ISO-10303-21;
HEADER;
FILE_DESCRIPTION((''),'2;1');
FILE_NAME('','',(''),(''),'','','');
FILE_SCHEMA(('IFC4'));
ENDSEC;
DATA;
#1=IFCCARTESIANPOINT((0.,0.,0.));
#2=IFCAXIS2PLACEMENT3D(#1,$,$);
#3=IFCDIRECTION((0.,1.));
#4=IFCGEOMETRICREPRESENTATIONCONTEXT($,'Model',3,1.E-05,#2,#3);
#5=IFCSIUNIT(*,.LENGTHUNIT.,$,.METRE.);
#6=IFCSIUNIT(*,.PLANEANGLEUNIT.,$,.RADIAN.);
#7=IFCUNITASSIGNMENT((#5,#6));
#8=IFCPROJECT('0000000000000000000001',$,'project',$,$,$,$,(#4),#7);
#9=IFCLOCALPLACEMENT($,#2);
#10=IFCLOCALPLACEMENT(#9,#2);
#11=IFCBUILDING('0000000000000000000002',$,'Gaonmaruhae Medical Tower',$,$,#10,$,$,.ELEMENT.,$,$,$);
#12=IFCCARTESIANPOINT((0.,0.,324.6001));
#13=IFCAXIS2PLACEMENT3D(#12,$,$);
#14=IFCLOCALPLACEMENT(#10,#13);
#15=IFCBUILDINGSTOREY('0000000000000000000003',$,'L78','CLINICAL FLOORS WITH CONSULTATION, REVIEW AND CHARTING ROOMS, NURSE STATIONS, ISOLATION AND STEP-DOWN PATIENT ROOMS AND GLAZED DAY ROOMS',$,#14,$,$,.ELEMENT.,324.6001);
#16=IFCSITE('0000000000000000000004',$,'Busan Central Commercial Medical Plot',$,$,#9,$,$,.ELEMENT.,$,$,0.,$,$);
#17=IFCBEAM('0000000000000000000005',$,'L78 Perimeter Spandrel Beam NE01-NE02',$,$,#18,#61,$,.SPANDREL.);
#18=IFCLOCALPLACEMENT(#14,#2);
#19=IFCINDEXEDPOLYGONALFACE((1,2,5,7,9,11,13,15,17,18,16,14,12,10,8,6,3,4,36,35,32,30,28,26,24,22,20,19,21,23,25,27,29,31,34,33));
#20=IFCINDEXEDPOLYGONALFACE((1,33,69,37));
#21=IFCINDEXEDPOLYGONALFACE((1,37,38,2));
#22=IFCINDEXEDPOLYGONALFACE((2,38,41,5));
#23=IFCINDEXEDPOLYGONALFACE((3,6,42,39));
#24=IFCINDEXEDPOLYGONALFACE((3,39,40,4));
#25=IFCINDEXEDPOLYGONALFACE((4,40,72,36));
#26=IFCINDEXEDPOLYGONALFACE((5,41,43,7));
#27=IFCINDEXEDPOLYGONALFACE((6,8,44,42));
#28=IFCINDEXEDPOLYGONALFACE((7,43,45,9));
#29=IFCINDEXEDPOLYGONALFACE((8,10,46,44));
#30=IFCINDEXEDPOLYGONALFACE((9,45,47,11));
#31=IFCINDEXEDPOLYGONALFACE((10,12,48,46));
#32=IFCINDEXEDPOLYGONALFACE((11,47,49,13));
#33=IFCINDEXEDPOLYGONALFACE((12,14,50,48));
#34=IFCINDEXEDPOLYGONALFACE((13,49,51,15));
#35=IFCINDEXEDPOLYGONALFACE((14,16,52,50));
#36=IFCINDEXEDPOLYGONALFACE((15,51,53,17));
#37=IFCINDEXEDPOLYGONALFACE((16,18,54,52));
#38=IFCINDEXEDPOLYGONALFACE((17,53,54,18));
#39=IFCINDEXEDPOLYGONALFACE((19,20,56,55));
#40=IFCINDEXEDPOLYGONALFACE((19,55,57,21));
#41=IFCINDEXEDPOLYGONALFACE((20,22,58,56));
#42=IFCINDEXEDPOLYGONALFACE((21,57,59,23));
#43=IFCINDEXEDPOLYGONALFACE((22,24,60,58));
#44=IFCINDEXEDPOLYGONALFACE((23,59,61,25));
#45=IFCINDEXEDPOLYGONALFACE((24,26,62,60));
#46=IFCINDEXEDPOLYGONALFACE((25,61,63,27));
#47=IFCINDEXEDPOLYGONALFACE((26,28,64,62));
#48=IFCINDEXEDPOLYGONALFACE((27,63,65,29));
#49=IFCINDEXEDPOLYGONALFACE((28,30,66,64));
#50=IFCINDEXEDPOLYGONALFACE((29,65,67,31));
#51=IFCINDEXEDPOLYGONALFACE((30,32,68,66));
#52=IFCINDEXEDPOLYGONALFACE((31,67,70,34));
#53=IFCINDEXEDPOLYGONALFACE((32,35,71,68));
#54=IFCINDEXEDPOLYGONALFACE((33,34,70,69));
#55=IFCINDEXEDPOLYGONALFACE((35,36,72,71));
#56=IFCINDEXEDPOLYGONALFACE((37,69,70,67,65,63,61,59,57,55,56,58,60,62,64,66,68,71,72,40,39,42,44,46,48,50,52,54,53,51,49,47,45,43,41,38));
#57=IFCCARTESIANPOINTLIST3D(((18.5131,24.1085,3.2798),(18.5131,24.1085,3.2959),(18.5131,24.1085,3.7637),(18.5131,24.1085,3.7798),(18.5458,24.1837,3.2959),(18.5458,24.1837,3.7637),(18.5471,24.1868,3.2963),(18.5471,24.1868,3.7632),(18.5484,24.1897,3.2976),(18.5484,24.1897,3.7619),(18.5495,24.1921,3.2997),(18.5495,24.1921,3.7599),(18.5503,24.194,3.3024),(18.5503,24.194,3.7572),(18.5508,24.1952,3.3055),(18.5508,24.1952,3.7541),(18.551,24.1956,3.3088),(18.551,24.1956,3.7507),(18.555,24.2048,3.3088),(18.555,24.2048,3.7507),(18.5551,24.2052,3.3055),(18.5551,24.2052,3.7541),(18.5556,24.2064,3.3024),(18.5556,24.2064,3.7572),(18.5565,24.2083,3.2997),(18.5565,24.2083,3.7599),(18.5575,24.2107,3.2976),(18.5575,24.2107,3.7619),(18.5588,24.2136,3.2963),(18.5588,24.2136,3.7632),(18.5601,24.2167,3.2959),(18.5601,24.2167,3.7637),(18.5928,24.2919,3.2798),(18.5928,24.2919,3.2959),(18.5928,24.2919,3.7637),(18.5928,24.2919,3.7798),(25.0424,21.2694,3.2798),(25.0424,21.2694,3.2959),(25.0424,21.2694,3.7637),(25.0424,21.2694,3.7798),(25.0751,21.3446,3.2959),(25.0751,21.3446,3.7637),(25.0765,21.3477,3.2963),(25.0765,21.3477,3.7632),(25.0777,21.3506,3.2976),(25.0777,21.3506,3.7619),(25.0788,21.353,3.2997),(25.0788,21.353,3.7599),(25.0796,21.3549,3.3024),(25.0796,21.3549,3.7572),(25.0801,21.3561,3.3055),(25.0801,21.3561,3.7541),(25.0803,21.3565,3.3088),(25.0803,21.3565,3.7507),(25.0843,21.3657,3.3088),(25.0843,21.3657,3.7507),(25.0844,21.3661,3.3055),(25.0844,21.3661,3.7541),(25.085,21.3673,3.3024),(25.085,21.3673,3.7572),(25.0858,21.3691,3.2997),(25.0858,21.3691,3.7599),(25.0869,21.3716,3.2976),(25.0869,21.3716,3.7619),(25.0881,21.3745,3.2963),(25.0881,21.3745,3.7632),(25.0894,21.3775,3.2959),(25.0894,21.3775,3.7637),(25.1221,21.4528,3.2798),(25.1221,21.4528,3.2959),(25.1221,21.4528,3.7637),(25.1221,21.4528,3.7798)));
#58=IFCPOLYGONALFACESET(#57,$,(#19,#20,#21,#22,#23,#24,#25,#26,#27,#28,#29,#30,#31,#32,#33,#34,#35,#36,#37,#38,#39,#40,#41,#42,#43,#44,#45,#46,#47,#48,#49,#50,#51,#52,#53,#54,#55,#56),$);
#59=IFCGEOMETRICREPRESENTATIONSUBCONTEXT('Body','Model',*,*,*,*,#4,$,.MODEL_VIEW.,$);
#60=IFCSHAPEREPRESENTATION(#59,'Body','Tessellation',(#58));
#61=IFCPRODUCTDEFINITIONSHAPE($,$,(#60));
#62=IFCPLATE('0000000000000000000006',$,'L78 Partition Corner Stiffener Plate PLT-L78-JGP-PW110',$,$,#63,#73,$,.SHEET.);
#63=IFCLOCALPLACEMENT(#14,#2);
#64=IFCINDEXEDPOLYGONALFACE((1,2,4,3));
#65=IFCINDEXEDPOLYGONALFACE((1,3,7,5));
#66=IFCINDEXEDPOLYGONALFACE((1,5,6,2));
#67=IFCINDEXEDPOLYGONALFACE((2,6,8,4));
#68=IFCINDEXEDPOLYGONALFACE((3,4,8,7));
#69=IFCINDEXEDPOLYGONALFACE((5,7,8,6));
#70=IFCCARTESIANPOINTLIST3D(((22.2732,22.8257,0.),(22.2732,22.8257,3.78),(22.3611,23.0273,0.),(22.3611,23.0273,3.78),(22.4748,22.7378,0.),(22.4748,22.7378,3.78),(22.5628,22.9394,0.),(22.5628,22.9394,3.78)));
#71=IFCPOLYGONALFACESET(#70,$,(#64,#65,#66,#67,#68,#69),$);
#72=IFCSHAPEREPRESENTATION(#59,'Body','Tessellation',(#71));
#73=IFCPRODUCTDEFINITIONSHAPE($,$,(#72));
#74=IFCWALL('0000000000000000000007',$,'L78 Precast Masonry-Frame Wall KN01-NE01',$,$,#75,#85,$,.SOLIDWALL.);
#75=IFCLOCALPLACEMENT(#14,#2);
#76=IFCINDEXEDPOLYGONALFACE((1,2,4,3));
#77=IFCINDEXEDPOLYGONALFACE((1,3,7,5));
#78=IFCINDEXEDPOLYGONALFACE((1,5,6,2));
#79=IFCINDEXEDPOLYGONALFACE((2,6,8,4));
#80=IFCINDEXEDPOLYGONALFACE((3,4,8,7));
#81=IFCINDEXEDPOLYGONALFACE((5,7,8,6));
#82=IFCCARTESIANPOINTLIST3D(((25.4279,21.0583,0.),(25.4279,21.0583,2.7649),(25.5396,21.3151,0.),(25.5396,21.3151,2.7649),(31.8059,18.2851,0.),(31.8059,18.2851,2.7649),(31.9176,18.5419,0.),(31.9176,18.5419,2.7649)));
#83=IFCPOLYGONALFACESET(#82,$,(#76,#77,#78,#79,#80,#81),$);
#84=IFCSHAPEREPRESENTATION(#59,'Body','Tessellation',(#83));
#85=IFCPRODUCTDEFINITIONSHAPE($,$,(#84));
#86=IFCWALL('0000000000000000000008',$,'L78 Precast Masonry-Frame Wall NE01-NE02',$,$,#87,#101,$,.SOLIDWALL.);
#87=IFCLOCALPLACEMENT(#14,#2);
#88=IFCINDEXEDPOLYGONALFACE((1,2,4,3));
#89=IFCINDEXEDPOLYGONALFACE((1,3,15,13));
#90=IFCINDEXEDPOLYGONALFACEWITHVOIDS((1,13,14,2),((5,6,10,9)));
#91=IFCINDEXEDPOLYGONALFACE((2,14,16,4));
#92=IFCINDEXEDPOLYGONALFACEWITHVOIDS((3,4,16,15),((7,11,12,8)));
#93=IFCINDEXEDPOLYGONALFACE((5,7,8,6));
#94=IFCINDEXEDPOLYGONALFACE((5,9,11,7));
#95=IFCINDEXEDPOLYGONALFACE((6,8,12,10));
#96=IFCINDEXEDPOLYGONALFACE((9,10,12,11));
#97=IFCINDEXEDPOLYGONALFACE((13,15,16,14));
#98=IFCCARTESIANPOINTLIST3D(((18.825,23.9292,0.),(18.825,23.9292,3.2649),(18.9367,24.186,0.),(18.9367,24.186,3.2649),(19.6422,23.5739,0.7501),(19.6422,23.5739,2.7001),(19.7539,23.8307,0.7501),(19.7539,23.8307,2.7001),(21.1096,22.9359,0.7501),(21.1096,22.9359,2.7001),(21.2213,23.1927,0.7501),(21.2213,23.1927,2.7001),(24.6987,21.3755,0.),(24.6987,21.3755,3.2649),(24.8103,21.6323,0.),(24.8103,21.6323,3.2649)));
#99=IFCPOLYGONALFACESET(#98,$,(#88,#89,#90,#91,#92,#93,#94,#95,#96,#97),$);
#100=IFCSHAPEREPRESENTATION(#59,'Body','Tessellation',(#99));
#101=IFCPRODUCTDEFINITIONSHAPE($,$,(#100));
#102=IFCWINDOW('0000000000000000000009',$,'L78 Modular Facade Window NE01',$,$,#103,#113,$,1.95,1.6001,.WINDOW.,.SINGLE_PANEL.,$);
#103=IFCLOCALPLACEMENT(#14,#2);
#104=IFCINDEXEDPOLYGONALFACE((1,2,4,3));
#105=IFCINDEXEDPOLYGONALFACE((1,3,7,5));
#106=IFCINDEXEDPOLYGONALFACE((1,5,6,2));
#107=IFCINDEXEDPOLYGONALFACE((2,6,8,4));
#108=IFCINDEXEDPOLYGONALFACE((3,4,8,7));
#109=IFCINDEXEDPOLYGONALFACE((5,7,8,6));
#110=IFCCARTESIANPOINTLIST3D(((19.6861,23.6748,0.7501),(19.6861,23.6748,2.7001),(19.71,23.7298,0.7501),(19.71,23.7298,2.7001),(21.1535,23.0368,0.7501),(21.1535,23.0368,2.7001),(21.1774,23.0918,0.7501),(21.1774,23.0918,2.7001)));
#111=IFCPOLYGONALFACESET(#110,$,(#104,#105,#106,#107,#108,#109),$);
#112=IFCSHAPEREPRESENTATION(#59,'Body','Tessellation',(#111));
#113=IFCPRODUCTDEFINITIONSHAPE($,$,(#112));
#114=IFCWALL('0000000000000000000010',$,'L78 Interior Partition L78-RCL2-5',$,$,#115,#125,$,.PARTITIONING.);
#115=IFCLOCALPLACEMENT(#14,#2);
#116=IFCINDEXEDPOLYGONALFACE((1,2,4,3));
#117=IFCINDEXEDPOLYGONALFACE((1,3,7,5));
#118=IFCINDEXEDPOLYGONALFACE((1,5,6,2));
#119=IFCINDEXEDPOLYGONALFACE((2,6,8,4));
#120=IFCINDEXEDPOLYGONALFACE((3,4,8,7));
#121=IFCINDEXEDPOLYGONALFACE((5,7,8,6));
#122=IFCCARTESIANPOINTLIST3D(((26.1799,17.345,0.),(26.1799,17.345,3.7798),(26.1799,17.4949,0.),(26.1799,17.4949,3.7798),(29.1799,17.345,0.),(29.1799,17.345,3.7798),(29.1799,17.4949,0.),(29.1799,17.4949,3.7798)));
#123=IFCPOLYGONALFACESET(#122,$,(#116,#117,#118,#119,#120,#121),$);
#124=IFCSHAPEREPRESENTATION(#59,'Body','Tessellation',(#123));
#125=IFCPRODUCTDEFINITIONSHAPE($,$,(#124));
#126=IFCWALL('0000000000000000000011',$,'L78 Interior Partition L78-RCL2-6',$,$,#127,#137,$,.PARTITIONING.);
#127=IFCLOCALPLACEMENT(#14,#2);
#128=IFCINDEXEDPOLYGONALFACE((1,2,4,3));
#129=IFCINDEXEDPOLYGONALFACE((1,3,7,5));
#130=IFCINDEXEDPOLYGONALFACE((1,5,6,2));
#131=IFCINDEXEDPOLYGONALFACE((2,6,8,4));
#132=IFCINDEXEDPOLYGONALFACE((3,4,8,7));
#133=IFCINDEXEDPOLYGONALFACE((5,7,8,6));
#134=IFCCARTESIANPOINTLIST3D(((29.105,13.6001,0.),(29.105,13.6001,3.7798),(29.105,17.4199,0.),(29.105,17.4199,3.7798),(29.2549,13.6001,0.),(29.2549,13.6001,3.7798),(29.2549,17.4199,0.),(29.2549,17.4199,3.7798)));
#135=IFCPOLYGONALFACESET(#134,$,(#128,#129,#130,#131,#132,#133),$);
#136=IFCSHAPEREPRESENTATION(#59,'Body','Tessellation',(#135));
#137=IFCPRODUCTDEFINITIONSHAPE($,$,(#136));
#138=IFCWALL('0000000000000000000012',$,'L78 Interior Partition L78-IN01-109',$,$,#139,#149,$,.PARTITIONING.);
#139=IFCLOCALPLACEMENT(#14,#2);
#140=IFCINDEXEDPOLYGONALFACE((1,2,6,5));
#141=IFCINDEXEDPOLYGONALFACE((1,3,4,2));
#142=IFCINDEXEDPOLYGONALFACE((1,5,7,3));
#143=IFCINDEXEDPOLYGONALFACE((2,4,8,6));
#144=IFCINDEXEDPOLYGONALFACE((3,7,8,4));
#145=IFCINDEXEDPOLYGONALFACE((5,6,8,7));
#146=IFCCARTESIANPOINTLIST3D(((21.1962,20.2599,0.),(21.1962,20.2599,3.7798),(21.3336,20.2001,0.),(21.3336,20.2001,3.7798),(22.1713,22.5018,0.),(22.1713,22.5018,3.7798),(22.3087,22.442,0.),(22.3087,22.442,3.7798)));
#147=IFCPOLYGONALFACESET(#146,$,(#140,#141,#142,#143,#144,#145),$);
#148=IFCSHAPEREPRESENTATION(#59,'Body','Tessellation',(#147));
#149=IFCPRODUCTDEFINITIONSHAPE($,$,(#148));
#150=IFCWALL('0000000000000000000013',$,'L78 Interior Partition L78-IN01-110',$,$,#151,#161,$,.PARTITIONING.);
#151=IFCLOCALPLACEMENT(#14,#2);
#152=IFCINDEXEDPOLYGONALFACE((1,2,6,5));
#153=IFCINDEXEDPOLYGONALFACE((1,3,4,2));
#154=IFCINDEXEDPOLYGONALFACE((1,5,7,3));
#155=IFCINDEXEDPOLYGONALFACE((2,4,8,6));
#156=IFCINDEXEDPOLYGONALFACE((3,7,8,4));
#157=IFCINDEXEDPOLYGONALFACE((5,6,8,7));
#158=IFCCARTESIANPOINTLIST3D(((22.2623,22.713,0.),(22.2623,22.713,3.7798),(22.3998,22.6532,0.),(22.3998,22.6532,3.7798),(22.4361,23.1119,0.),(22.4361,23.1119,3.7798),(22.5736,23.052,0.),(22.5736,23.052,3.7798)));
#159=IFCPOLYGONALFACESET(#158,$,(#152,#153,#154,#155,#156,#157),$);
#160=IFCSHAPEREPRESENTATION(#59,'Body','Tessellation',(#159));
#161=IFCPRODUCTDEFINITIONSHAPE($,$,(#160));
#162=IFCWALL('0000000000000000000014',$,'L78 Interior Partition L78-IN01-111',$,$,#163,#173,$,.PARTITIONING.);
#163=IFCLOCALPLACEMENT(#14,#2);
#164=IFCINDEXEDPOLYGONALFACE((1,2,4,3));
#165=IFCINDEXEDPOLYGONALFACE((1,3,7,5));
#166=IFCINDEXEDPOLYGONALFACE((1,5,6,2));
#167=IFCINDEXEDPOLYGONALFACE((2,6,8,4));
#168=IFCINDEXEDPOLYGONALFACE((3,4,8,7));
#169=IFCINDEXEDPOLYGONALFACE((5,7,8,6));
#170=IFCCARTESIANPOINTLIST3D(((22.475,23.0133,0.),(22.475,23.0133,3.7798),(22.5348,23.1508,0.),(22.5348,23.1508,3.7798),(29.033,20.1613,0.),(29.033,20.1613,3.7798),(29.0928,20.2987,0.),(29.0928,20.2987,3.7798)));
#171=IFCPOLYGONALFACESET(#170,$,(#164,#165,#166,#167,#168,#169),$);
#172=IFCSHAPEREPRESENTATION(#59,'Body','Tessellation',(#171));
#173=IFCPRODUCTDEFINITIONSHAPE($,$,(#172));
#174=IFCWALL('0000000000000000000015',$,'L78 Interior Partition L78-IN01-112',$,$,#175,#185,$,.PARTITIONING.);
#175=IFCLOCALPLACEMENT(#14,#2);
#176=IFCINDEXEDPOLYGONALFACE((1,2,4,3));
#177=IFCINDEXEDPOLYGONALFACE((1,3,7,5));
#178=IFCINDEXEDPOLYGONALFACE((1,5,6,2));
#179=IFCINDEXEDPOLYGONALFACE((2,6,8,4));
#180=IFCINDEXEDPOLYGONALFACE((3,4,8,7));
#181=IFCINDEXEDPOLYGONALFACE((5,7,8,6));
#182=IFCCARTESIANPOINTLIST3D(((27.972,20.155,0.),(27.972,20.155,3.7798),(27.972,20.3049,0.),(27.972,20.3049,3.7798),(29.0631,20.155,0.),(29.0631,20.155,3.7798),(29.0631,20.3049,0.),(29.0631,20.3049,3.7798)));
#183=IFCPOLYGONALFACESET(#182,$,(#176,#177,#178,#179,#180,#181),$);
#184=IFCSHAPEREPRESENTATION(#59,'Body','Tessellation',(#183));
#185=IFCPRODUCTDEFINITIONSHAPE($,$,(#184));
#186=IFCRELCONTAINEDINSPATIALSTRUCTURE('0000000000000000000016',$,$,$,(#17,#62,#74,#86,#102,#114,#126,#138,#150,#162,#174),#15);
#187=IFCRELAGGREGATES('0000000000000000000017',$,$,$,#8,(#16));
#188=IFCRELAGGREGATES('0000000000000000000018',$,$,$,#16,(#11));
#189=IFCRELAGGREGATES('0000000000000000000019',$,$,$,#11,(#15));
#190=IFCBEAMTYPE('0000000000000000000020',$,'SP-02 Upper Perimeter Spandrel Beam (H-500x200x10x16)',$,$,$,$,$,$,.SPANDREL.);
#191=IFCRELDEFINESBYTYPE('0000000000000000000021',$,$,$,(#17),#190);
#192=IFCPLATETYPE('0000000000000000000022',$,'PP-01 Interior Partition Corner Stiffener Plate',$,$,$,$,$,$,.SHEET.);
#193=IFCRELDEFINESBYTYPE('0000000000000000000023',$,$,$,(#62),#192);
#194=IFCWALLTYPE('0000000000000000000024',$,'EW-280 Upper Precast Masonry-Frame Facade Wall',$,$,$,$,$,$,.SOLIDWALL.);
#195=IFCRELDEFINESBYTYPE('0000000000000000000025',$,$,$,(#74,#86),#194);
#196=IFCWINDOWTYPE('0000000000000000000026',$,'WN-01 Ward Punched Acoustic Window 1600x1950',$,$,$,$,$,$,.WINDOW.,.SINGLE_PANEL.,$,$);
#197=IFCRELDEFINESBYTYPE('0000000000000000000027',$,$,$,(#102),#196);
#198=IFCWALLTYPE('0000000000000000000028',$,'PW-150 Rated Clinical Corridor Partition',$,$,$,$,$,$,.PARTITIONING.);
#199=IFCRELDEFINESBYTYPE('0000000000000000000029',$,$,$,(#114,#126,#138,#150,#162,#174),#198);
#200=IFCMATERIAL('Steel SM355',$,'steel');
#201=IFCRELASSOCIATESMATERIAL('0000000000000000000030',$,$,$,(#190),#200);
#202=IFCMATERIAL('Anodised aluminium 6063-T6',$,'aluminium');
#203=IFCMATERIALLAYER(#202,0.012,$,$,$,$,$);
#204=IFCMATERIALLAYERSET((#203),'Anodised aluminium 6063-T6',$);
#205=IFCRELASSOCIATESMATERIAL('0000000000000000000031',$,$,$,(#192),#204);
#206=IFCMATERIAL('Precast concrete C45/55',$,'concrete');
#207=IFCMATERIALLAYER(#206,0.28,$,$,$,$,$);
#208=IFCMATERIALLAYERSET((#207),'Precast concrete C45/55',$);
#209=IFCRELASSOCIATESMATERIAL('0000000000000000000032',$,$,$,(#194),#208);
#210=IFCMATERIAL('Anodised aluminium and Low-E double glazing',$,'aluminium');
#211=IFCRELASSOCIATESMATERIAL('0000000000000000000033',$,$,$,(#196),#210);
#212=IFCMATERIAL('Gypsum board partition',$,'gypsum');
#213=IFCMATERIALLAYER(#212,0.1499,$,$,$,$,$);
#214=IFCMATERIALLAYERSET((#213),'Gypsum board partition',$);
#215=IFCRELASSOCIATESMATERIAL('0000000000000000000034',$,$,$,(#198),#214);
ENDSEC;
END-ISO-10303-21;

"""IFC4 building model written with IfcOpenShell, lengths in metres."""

from ifc_helpers import new_model, si_unit, direction, frame, frame_2d, origin, origin_2d, place, context, subcontext, project, spatial, rectangle, i_section, extrude, material, layer, layer_set, material_profile, profile_set, type_object, element, fill, save


model = new_model("IFC4")

# Units and contexts
model_context = context("Model", 3, precision=1e-05, world=origin(), true_north=direction((0.0, 1.0)))
body_context = subcontext(model_context, "Body", "Model", "MODEL_VIEW")
ifc_project = project(units=[si_unit("LENGTHUNIT", "METRE"), si_unit("PLANEANGLEUNIT", "RADIAN")], contexts=[model_context])

# Site, building, storey
site_placement = place(None, origin())
site = spatial("IfcSite", under=ifc_project, at=site_placement, Name="Busan Central Commercial Medical Plot", CompositionType="ELEMENT", RefElevation=0.0)
building_placement = place(site_placement, origin())
building = spatial("IfcBuilding", under=site, at=building_placement, Name="Gaonmaruhae Medical Tower", CompositionType="ELEMENT")
storey_placement = place(building_placement, frame((0.0, 0.0, 324.6001)))
storey = spatial("IfcBuildingStorey", under=building, at=storey_placement, Name="L78", Description="CLINICAL FLOORS WITH CONSULTATION, REVIEW AND CHARTING ROOMS, NURSE STATIONS, ISOLATION AND STEP-DOWN PATIENT ROOMS AND GLAZED DAY ROOMS", CompositionType="ELEMENT", Elevation=324.6001)

# Beam
ifc_material_1 = material(Name="Steel SM355", Category="steel")
ifc_material_profile_1 = material_profile(ifc_material_1, i_section(OverallWidth=0.2, OverallDepth=0.5, WebThickness=0.01, FlangeThickness=0.0161, FilletRadius=0.0129, at=origin_2d()), Name="H-500x200x10x16")
ifc_profile_set_1 = profile_set([ifc_material_profile_1], Name="Steel SM355")
beam_type_1 = type_object("IfcBeamType", Name="SP-02 Upper Perimeter Spandrel Beam (H-500x200x10x16)", PredefinedType="SPANDREL", material=ifc_profile_set_1)
beam_1_placement = place(storey_placement, frame((25.0823, 21.3611, 3.5298), z_axis=(-0.917055, 0.39876, 0.0), x_axis=(-0.39876, -0.917055, 0.0)))
element("IfcBeam", 1, at=beam_1_placement, inside=storey, type_object=beam_type_1, Name="L78 Perimeter Spandrel Beam NE01-NE02", PredefinedType="SPANDREL", context=body_context, shape_type="SweptSolid", body=[
    extrude(i_section(OverallWidth=0.2, OverallDepth=0.5, WebThickness=0.01, FlangeThickness=0.0161, FilletRadius=0.0129, at=origin_2d()), origin(), (0.0, 0.0, 1.0), 7.1199),
])

# Plate
ifc_material_2 = material(Name="Anodised aluminium 6063-T6", Category="aluminium")
ifc_layer_1 = layer(ifc_material_2, 0.012)
ifc_layer_set_1 = layer_set([ifc_layer_1], Name="Anodised aluminium 6063-T6")
plate_type = type_object("IfcPlateType", Name="PP-01 Interior Partition Corner Stiffener Plate", PredefinedType="SHEET", material=ifc_layer_set_1)
plate_placement = place(storey_placement, frame((22.418, 22.8826, 0.0), z_axis=(0.0, 0.0, 1.0), x_axis=(0.399741, 0.916628, 0.0)))
element("IfcPlate", 2, at=plate_placement, inside=storey, type_object=plate_type, Name="L78 Partition Corner Stiffener Plate PLT-L78-JGP-PW110", PredefinedType="SHEET", context=body_context, shape_type="SweptSolid", body=[
    extrude(rectangle(XDim=0.22, YDim=0.22, at=origin_2d()), origin(), (0.0, 0.0, 1.0), 3.78),
])

# Wall
ifc_material_3 = material(Name="Precast concrete C45/55", Category="concrete")
ifc_layer_2 = layer(ifc_material_3, 0.28)
ifc_layer_set_2 = layer_set([ifc_layer_2], Name="Precast concrete C45/55")
wall_type_1 = type_object("IfcWallType", Name="EW-280 Upper Precast Masonry-Frame Facade Wall", PredefinedType="SOLIDWALL", material=ifc_layer_set_2)
wall_1_placement = place(storey_placement, frame((25.4836, 21.1868, 0.0), z_axis=(0.0, 0.0, 1.0), x_axis=(0.917061, -0.398748, 0.0)))
element("IfcWall", 3, at=wall_1_placement, inside=storey, type_object=wall_type_1, Name="L78 Precast Masonry-Frame Wall KN01-NE01", PredefinedType="SOLIDWALL", context=body_context, shape_type="SweptSolid", body=[
    extrude(rectangle(XDim=6.9548, YDim=0.28, at=frame_2d((3.4775, 0.0))), origin(), (0.0, 0.0, 1.0), 2.7649),
])

# Wall, opening, window
wall_2_placement = place(storey_placement, frame((18.8809, 24.0576, 0.0), z_axis=(0.0, 0.0, 1.0), x_axis=(0.91707, -0.398726, 0.0)))
wall_2 = element("IfcWall", 4, at=wall_2_placement, inside=storey, type_object=wall_type_1, Name="L78 Precast Masonry-Frame Wall NE01-NE02", PredefinedType="SOLIDWALL", context=body_context, shape_type="SweptSolid", body=[
    extrude(rectangle(XDim=6.4048, YDim=0.28, at=frame_2d((3.2024, 0.0))), origin(), (0.0, 0.0, 1.0), 3.2649),
])
opening_1_placement = place(wall_2_placement, frame((0.8911, 0.0, 0.75)))
opening_1 = element("IfcOpeningElement", 5, at=opening_1_placement, cuts=wall_2, PredefinedType="OPENING", context=body_context, shape_type="SweptSolid", body=[
    extrude(rectangle(XDim=1.6001, YDim=1.95, at=frame_2d((0.8, 0.9751))), frame((0.0, 0.1499, 0.0), z_axis=(0.0, -1.0, 0.0), x_axis=(1.0, 0.0, 0.0)), (0.0, 0.0, 1.0), 0.3),
])
ifc_material_4 = material(Name="Anodised aluminium and Low-E double glazing", Category="aluminium")
window_type = type_object("IfcWindowType", Name="WN-01 Ward Punched Acoustic Window 1600x1950", PartitioningType="SINGLE_PANEL", PredefinedType="WINDOW", material=ifc_material_4)
window_placement = place(opening_1_placement, origin())
window = element("IfcWindow", 6, at=window_placement, inside=storey, type_object=window_type, Name="L78 Modular Facade Window NE01", OverallHeight=1.95, OverallWidth=1.6001, PartitioningType="SINGLE_PANEL", PredefinedType="WINDOW", context=body_context, shape_type="SweptSolid", body=[
    extrude(rectangle(XDim=1.6001, YDim=1.95, at=frame_2d((0.8, 0.9751))), frame((0.0, 0.03, 0.0), z_axis=(0.0, -1.0, 0.0), x_axis=(1.0, 0.0, 0.0)), (0.0, 0.0, 1.0), 0.0601),
])
fill(opening_1, window)

# Walls
ifc_material_5 = material(Name="Gypsum board partition", Category="gypsum")
ifc_layer_3 = layer(ifc_material_5, 0.1499)
ifc_layer_set_3 = layer_set([ifc_layer_3], Name="Gypsum board partition")
wall_type_2 = type_object("IfcWallType", Name="PW-150 Rated Clinical Corridor Partition", PredefinedType="PARTITIONING", material=ifc_layer_set_3)
wall_3_placement = place(storey_placement, frame((26.1799, 17.4199, 0.0), z_axis=(0.0, 0.0, 1.0), x_axis=(1.0, 0.0, 0.0)))
element("IfcWall", 7, at=wall_3_placement, inside=storey, type_object=wall_type_2, Name="L78 Interior Partition L78-RCL2-5", PredefinedType="PARTITIONING", context=body_context, shape_type="SweptSolid", body=[
    extrude(rectangle(XDim=3.0, YDim=0.1499, at=frame_2d((1.5, 0.0))), origin(), (0.0, 0.0, 1.0), 3.7798),
])
wall_4_placement = place(storey_placement, frame((29.1799, 17.4199, 0.0), z_axis=(0.0, 0.0, 1.0), x_axis=(0.0, -1.0, 0.0)))
element("IfcWall", 8, at=wall_4_placement, inside=storey, type_object=wall_type_2, Name="L78 Interior Partition L78-RCL2-6", PredefinedType="PARTITIONING", context=body_context, shape_type="SweptSolid", body=[
    extrude(rectangle(XDim=3.8198, YDim=0.1499, at=frame_2d((1.9099, 0.0))), origin(), (0.0, 0.0, 1.0), 3.7798),
])
wall_5_placement = place(storey_placement, frame((21.2649, 20.23, 0.0), z_axis=(0.0, 0.0, 1.0), x_axis=(0.398843, 0.917019, 0.0)))
element("IfcWall", 9, at=wall_5_placement, inside=storey, type_object=wall_type_2, Name="L78 Interior Partition L78-IN01-109", PredefinedType="PARTITIONING", context=body_context, shape_type="SweptSolid", body=[
    extrude(rectangle(XDim=2.4448, YDim=0.1499, at=frame_2d((1.2224, 0.0))), origin(), (0.0, 0.0, 1.0), 3.7798),
])
wall_6_placement = place(storey_placement, frame((22.3311, 22.6831, 0.0), z_axis=(0.0, 0.0, 1.0), x_axis=(0.399465, 0.916749, 0.0)))
element("IfcWall", 10, at=wall_6_placement, inside=storey, type_object=wall_type_2, Name="L78 Interior Partition L78-IN01-110", PredefinedType="PARTITIONING", context=body_context, shape_type="SweptSolid", body=[
    extrude(rectangle(XDim=0.4351, YDim=0.1499, at=frame_2d((0.2175, 0.0))), origin(), (0.0, 0.0, 1.0), 3.7798),
])
wall_7_placement = place(storey_placement, frame((22.5049, 23.082, 0.0), z_axis=(0.0, 0.0, 1.0), x_axis=(0.917034, -0.398808, 0.0)))
element("IfcWall", 11, at=wall_7_placement, inside=storey, type_object=wall_type_2, Name="L78 Interior Partition L78-IN01-111", PredefinedType="PARTITIONING", context=body_context, shape_type="SweptSolid", body=[
    extrude(rectangle(XDim=7.1514, YDim=0.1499, at=frame_2d((3.5757, 0.0))), origin(), (0.0, 0.0, 1.0), 3.7798),
])
wall_8_placement = place(storey_placement, frame((29.063, 20.23, 0.0), z_axis=(0.0, 0.0, 1.0), x_axis=(-1.0, 0.0, 0.0)))
element("IfcWall", 12, at=wall_8_placement, inside=storey, type_object=wall_type_2, Name="L78 Interior Partition L78-IN01-112", PredefinedType="PARTITIONING", context=body_context, shape_type="SweptSolid", body=[
    extrude(rectangle(XDim=1.0911, YDim=0.1499, at=frame_2d((0.5454, 0.0))), origin(), (0.0, 0.0, 1.0), 3.7798),
])

save(model, "model.ifc")
